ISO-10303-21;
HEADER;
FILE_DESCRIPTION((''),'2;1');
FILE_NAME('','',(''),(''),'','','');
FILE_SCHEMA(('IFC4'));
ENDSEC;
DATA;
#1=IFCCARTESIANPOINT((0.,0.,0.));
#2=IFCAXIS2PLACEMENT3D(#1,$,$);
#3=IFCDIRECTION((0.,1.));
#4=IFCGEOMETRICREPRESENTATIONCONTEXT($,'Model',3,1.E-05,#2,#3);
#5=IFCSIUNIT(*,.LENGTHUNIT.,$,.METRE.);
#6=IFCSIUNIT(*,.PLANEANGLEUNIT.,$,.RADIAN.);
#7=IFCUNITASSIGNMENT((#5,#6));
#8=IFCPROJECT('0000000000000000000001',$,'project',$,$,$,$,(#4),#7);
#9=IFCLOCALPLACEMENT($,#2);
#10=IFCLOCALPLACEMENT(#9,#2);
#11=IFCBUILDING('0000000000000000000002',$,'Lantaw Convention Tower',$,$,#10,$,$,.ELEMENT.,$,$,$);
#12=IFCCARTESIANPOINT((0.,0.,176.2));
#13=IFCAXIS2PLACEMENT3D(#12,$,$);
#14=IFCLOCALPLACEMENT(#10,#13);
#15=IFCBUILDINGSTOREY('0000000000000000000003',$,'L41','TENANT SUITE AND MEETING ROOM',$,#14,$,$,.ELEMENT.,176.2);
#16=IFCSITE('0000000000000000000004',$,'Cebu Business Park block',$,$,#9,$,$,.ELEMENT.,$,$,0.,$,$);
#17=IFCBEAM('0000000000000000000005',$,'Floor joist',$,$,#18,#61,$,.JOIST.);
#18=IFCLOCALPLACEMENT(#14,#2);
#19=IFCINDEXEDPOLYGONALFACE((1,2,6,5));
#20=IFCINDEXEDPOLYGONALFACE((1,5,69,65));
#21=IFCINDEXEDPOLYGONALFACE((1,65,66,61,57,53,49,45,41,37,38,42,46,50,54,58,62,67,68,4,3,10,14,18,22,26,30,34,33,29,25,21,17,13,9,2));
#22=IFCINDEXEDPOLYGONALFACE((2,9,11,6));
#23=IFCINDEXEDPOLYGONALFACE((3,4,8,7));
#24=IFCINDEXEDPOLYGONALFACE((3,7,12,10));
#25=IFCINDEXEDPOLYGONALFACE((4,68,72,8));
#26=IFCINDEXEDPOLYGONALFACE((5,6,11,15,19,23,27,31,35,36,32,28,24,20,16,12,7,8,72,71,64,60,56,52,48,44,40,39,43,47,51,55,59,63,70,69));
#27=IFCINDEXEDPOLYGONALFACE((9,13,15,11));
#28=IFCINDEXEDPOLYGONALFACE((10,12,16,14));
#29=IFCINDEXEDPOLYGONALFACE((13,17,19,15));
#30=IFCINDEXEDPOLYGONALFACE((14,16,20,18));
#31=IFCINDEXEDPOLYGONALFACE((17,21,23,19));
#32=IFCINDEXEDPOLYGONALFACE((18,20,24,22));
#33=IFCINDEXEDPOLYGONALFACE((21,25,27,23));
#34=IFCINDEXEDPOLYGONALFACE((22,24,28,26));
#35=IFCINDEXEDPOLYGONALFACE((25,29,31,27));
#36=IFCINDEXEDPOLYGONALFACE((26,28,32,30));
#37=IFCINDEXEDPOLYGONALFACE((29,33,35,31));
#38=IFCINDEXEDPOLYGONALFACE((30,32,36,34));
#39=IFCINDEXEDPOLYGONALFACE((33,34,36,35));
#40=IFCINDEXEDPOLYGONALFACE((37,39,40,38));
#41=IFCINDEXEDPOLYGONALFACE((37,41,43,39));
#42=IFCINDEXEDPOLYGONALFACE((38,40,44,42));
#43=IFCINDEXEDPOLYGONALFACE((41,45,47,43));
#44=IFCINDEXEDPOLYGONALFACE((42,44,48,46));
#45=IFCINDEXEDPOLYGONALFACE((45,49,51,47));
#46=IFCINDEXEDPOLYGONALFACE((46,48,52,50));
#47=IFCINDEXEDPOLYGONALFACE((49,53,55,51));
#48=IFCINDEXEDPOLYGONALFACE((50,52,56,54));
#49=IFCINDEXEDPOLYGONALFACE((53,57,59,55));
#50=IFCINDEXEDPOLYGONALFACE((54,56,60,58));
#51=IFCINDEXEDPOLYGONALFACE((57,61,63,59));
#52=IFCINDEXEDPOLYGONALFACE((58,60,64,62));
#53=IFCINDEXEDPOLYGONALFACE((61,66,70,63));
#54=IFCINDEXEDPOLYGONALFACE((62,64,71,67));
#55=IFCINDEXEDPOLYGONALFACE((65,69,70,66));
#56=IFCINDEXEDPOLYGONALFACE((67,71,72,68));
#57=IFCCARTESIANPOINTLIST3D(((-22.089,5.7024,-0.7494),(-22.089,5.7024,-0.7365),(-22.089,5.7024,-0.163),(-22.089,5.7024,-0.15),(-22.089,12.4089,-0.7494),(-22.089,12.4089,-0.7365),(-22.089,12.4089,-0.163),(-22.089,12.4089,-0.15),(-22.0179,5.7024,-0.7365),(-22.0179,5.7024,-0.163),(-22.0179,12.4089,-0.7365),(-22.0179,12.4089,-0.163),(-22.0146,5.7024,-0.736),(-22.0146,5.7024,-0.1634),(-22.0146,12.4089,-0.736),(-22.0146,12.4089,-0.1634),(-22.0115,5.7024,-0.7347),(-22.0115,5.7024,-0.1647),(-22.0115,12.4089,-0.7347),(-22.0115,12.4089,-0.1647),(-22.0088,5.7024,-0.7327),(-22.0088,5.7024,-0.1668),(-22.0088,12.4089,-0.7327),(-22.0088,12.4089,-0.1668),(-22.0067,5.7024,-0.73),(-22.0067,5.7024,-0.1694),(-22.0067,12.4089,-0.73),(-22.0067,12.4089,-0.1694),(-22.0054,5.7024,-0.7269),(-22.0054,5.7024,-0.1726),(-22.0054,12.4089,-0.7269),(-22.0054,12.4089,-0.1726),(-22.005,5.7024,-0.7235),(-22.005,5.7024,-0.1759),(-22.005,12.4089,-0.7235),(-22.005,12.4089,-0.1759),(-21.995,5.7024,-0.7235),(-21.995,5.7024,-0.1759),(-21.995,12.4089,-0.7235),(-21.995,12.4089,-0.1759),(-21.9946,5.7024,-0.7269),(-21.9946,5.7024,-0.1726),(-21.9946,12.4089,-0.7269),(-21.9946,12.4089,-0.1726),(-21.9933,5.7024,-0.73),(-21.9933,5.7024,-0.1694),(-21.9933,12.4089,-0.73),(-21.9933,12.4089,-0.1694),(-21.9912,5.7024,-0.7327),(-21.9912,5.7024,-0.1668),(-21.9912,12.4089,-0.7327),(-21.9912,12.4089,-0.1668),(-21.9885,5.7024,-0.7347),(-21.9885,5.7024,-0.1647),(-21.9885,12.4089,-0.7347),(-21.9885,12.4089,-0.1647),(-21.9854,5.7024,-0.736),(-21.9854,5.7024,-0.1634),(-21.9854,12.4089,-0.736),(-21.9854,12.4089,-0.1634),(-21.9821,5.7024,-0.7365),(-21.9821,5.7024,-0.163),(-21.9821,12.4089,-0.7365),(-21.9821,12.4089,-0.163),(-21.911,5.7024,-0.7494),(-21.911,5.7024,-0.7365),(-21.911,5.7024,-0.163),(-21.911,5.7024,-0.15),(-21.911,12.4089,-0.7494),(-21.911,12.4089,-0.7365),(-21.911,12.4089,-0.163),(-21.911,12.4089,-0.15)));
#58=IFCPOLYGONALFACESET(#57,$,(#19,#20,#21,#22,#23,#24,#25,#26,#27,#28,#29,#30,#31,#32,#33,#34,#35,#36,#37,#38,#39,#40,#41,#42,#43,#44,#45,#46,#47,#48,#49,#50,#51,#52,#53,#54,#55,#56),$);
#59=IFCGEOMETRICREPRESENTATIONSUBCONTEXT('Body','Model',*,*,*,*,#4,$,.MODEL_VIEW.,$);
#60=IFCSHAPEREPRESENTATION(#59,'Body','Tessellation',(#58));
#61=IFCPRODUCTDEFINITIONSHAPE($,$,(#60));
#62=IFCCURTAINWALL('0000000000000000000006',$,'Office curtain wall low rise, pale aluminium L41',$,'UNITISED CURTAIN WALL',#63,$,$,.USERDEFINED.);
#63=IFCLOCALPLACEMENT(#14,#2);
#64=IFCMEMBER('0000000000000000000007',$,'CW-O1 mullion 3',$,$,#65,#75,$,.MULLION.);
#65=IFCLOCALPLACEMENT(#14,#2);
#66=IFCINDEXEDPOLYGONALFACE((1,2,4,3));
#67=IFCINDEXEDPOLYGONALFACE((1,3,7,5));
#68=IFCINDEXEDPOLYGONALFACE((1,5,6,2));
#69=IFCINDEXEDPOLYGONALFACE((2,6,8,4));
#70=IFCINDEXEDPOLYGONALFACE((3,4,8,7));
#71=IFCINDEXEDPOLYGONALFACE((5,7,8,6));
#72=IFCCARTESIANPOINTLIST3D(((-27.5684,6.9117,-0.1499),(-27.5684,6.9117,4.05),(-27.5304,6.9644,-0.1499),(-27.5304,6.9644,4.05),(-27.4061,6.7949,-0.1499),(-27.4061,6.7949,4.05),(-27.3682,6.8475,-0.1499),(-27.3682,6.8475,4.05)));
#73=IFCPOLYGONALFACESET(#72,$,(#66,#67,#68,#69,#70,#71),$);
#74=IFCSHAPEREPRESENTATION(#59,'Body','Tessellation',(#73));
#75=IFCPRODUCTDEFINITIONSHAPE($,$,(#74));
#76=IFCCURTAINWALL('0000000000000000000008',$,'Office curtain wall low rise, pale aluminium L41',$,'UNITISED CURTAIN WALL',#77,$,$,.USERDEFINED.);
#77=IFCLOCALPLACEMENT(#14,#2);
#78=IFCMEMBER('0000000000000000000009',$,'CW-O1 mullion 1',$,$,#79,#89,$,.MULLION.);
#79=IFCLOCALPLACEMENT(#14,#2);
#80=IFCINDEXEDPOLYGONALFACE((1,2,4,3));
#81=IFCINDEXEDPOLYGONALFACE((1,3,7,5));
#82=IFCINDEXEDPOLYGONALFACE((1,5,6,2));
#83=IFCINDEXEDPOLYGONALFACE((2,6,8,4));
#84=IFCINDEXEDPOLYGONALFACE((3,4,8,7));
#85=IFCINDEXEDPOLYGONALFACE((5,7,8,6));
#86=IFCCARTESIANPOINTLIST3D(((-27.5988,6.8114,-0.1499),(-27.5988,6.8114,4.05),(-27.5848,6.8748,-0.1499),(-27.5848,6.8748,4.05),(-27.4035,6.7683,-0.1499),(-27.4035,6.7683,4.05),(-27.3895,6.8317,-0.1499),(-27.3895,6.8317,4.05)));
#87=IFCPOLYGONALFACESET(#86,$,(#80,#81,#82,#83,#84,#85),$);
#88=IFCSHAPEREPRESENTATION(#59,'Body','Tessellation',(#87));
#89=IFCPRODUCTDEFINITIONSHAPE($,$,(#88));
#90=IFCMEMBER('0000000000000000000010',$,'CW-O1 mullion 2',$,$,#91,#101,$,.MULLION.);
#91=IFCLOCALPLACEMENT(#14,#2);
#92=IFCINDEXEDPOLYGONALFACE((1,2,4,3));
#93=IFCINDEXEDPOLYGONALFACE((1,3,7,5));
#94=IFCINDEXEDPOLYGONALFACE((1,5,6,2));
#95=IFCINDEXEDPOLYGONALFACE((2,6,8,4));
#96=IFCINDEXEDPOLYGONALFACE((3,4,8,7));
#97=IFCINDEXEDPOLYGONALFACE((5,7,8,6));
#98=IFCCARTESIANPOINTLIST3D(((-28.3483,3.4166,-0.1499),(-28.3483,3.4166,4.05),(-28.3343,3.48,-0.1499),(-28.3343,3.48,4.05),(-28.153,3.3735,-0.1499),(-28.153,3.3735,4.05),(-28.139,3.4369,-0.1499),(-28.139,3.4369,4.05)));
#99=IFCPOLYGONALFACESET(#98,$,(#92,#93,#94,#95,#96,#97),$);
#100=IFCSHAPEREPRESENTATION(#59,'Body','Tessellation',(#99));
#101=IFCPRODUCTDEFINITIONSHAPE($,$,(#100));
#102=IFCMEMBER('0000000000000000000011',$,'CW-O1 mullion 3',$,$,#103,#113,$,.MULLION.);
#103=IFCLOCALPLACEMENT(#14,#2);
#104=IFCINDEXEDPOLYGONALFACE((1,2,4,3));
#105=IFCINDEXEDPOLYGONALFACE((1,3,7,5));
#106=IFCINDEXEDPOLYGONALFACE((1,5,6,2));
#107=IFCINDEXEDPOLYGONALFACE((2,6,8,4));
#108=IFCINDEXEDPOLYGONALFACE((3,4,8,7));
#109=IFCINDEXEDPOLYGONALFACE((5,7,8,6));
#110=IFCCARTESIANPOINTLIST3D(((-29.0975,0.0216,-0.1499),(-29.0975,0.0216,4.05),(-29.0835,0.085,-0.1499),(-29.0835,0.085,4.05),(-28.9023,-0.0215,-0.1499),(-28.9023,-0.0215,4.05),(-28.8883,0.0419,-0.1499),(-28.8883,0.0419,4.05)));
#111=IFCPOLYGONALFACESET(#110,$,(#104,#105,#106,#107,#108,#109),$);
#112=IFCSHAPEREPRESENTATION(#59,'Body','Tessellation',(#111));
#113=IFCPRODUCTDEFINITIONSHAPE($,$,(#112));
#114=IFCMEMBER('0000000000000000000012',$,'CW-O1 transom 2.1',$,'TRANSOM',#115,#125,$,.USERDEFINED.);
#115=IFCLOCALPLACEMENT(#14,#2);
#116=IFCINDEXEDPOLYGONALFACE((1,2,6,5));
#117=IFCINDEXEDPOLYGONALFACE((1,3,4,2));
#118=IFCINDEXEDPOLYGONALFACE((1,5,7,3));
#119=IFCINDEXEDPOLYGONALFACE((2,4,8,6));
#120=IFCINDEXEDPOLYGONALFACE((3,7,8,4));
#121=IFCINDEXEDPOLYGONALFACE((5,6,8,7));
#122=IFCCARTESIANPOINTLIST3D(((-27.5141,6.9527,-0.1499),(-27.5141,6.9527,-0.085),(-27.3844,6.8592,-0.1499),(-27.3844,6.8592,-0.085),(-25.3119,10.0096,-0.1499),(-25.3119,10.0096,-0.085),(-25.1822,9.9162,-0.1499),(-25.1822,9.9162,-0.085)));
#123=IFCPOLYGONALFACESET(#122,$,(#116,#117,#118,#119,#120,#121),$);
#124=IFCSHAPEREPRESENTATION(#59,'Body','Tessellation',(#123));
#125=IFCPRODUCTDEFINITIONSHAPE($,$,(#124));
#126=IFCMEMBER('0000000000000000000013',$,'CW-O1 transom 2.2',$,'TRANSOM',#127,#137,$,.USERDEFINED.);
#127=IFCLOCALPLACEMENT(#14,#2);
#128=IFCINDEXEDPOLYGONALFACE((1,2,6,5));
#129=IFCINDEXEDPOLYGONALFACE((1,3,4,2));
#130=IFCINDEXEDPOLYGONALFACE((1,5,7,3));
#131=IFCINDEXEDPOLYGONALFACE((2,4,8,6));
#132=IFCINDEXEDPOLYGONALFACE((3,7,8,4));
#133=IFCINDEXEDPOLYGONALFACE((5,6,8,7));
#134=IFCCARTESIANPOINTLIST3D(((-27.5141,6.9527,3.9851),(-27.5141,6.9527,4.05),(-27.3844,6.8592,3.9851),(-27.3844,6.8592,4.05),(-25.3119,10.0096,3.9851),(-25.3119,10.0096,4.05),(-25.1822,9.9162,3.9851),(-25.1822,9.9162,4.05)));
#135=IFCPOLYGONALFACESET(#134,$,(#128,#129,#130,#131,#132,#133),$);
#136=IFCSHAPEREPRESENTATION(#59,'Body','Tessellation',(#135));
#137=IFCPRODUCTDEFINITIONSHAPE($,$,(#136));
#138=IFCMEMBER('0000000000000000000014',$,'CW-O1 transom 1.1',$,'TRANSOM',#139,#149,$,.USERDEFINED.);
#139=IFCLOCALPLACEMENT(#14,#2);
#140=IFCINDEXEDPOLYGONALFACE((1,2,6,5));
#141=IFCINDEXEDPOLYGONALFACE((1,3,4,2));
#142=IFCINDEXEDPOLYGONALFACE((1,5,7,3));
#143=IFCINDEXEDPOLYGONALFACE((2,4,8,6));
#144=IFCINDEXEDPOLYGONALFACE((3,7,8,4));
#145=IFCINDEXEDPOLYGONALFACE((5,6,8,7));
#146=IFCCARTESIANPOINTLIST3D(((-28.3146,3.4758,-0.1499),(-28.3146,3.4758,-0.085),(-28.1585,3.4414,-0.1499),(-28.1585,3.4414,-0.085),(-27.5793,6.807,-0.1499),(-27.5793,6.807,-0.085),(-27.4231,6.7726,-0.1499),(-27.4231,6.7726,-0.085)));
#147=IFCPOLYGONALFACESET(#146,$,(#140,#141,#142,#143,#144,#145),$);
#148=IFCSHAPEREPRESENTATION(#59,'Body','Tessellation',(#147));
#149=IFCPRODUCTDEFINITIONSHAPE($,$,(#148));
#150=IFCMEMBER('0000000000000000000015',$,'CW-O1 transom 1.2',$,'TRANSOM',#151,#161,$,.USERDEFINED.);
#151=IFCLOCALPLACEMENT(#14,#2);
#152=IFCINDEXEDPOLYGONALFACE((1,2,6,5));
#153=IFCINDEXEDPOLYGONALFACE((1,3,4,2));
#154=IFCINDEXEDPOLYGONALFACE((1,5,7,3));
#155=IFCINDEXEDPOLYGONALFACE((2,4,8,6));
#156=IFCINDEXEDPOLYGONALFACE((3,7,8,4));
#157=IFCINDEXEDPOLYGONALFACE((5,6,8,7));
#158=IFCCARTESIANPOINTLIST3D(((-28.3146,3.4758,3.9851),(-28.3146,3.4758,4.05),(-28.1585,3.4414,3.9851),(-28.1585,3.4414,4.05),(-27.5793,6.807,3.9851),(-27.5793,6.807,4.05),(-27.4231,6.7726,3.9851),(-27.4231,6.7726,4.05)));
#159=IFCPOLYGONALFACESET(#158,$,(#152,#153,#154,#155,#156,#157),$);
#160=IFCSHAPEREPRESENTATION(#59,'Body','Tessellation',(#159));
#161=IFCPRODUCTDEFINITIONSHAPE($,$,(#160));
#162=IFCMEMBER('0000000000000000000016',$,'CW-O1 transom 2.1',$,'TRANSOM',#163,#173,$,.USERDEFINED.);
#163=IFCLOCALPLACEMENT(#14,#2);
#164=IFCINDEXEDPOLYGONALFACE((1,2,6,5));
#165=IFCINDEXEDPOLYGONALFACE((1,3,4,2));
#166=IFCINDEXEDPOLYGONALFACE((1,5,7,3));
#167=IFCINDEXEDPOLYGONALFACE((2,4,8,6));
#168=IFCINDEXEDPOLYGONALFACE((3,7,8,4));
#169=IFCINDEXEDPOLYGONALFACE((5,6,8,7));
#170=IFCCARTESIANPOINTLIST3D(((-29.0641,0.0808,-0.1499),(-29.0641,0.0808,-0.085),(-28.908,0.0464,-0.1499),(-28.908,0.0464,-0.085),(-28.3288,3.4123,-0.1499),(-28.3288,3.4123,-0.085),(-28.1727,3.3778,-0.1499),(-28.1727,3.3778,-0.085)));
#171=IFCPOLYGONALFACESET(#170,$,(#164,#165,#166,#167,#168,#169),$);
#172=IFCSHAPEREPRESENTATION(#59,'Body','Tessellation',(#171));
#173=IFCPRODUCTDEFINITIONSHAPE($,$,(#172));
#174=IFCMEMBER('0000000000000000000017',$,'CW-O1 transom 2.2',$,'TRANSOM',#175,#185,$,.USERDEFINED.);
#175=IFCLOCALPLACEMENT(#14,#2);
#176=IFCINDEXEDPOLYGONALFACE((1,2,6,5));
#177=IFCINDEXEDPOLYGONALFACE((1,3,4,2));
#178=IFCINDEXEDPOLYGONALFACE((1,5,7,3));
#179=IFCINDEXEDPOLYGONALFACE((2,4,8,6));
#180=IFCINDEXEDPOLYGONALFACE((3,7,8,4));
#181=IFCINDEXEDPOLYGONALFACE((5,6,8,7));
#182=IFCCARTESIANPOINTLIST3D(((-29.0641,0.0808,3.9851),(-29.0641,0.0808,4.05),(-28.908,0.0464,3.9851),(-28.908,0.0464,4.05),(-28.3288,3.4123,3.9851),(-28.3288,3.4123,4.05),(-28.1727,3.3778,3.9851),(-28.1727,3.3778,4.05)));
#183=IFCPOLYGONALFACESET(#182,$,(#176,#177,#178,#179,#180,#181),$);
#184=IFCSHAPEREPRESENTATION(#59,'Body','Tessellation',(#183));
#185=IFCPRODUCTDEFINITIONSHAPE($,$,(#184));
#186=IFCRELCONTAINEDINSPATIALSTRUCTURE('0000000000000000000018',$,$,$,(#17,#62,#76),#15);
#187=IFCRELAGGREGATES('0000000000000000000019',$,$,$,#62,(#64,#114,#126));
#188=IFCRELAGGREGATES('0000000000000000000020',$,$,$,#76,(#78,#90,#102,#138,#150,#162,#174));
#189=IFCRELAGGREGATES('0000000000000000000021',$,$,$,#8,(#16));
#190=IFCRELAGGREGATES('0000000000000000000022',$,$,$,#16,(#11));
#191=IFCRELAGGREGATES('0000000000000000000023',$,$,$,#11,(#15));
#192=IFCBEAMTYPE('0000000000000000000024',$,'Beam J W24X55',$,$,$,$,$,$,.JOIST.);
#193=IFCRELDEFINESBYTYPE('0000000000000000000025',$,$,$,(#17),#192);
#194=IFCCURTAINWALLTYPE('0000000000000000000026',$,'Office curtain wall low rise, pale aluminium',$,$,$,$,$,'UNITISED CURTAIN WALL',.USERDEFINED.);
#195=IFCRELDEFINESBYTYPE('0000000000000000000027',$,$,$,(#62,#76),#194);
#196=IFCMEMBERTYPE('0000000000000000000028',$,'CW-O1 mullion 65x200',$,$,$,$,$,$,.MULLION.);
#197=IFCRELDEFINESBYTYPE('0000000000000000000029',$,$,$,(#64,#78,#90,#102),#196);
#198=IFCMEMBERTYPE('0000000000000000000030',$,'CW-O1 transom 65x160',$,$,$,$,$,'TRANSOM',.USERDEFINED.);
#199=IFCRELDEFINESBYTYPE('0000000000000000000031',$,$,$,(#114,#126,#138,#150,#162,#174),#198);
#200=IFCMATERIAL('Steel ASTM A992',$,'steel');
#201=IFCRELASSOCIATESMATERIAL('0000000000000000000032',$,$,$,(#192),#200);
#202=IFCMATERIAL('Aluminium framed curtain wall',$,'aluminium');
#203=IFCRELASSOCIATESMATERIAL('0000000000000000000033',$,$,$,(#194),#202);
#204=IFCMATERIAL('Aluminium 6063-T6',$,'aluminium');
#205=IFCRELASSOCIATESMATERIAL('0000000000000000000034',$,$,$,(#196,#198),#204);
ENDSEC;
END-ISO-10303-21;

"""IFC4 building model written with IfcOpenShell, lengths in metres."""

from ifc_helpers import new_model, si_unit, direction, frame, origin, origin_2d, place, context, subcontext, project, spatial, rectangle, i_section, extrude, material, material_profile, profile_set, type_object, element, aggregate, save


model = new_model("IFC4")

# Units and contexts
model_context = context("Model", 3, precision=1e-05, world=origin(), true_north=direction((0.0, 1.0)))
body_context = subcontext(model_context, "Body", "Model", "MODEL_VIEW")
ifc_project = project(units=[si_unit("LENGTHUNIT", "METRE"), si_unit("PLANEANGLEUNIT", "RADIAN")], contexts=[model_context])

# Site, building, storey
site_placement = place(None, origin())
site = spatial("IfcSite", under=ifc_project, at=site_placement, Name="Cebu Business Park block", CompositionType="ELEMENT", RefElevation=0.0)
building_placement = place(site_placement, origin())
building = spatial("IfcBuilding", under=site, at=building_placement, Name="Lantaw Convention Tower", CompositionType="ELEMENT")
storey_placement = place(building_placement, frame((0.0, 0.0, 176.2)))
storey = spatial("IfcBuildingStorey", under=building, at=storey_placement, Name="L41", Description="TENANT SUITE AND MEETING ROOM", CompositionType="ELEMENT", Elevation=176.2)

# Beam
ifc_material_1 = material(Name="Steel ASTM A992", Category="steel")
ifc_material_profile_1 = material_profile(ifc_material_1, i_section(OverallWidth=0.178, OverallDepth=0.5994, WebThickness=0.01, FlangeThickness=0.0129, FilletRadius=0.0129, at=origin_2d()), Name="W24X55")
ifc_profile_set_1 = profile_set([ifc_material_profile_1], Name="Steel ASTM A992")
beam_type_1 = type_object("IfcBeamType", Name="Beam J W24X55", PredefinedType="JOIST", material=ifc_profile_set_1)
beam_1_placement = place(storey_placement, frame((-22.0, 5.7024, -0.4497), z_axis=(0.0, 1.0, 0.0), x_axis=(-1.0, 0.0, 0.0)))
element("IfcBeam", 1, at=beam_1_placement, inside=storey, type_object=beam_type_1, Name="Floor joist", PredefinedType="JOIST", context=body_context, shape_type="SweptSolid", body=[
    extrude(i_section(OverallWidth=0.178, OverallDepth=0.5994, WebThickness=0.01, FlangeThickness=0.0129, FilletRadius=0.0129, at=origin_2d()), origin(), (0.0, 0.0, 1.0), 6.7065),
])

# Curtain wall, member
ifc_material_2 = material(Name="Aluminium framed curtain wall", Category="aluminium")
curtain_wall_type = type_object("IfcCurtainWallType", Name="Office curtain wall low rise, pale aluminium", ElementType="UNITISED CURTAIN WALL", PredefinedType="USERDEFINED", material=ifc_material_2)
curtain_wall_1_placement = place(storey_placement, origin())
curtain_wall_1 = element("IfcCurtainWall", 2, at=curtain_wall_1_placement, inside=storey, type_object=curtain_wall_type, Name="Office curtain wall low rise, pale aluminium L41", ObjectType="UNITISED CURTAIN WALL", PredefinedType="USERDEFINED")
ifc_material_3 = material(Name="Aluminium 6063-T6", Category="aluminium")
ifc_material_profile_2 = material_profile(ifc_material_3, rectangle(XDim=0.2, YDim=0.0649, at=origin_2d()), Name="CW-O1 mullion 65x200")
ifc_profile_set_2 = profile_set([ifc_material_profile_2], Name="Aluminium 6063-T6")
member_type_1 = type_object("IfcMemberType", Name="CW-O1 mullion 65x200", PredefinedType="MULLION", material=ifc_profile_set_2)
member_1_placement = place(storey_placement, frame((-27.4683, 6.8796, -0.1499), z_axis=(0.0, 0.0, 1.0), x_axis=(0.811385, -0.584513, 0.0)))
member_1 = element("IfcMember", 3, at=member_1_placement, type_object=member_type_1, Name="CW-O1 mullion 3", PredefinedType="MULLION", context=body_context, shape_type="SweptSolid", body=[
    extrude(rectangle(XDim=0.2, YDim=0.0649, at=origin_2d()), origin(), (0.0, 0.0, 1.0), 4.2),
])

# Curtain wall, members
curtain_wall_2_placement = place(storey_placement, origin())
curtain_wall_2 = element("IfcCurtainWall", 4, at=curtain_wall_2_placement, inside=storey, type_object=curtain_wall_type, Name="Office curtain wall low rise, pale aluminium L41", ObjectType="UNITISED CURTAIN WALL", PredefinedType="USERDEFINED")
member_2_placement = place(storey_placement, frame((-27.4941, 6.8215, -0.1499), z_axis=(0.0, 0.0, 1.0), x_axis=(0.976494, -0.215546, 0.0)))
member_2 = element("IfcMember", 5, at=member_2_placement, type_object=member_type_1, Name="CW-O1 mullion 1", PredefinedType="MULLION", context=body_context, shape_type="SweptSolid", body=[
    extrude(rectangle(XDim=0.2, YDim=0.0649, at=origin_2d()), origin(), (0.0, 0.0, 1.0), 4.2),
])
member_3_placement = place(storey_placement, frame((-28.2437, 3.4268, -0.1499), z_axis=(0.0, 0.0, 1.0), x_axis=(0.976494, -0.215546, 0.0)))
member_3 = element("IfcMember", 6, at=member_3_placement, type_object=member_type_1, Name="CW-O1 mullion 2", PredefinedType="MULLION", context=body_context, shape_type="SweptSolid", body=[
    extrude(rectangle(XDim=0.2, YDim=0.0649, at=origin_2d()), origin(), (0.0, 0.0, 1.0), 4.2),
])
member_4_placement = place(storey_placement, frame((-28.9929, 0.0317, -0.1499), z_axis=(0.0, 0.0, 1.0), x_axis=(0.976494, -0.215546, 0.0)))
member_4 = element("IfcMember", 7, at=member_4_placement, type_object=member_type_1, Name="CW-O1 mullion 3", PredefinedType="MULLION", context=body_context, shape_type="SweptSolid", body=[
    extrude(rectangle(XDim=0.2, YDim=0.0649, at=origin_2d()), origin(), (0.0, 0.0, 1.0), 4.2),
])

# Members
ifc_material_profile_3 = material_profile(ifc_material_3, rectangle(XDim=0.1599, YDim=0.0649, at=origin_2d()), Name="CW-O1 transom 65x160")
ifc_profile_set_3 = profile_set([ifc_material_profile_3], Name="Aluminium 6063-T6")
member_type_2 = type_object("IfcMemberType", Name="CW-O1 transom 65x160", ElementType="TRANSOM", PredefinedType="USERDEFINED", material=ifc_profile_set_3)
member_5_placement = place(storey_placement, frame((-25.2471, 9.9629, -0.1174), z_axis=(-0.584513, -0.811384, 0.0), x_axis=(0.811384, -0.584513, 0.0)))
member_5 = element("IfcMember", 8, at=member_5_placement, type_object=member_type_2, Name="CW-O1 transom 2.1", ObjectType="TRANSOM", PredefinedType="USERDEFINED", context=body_context, shape_type="SweptSolid", body=[
    extrude(rectangle(XDim=0.1599, YDim=0.0649, at=origin_2d()), origin(), (0.0, 0.0, 1.0), 3.7676),
])
member_6_placement = place(storey_placement, frame((-25.2471, 9.9629, 4.0176), z_axis=(-0.584513, -0.811384, 0.0), x_axis=(0.811384, -0.584513, 0.0)))
member_6 = element("IfcMember", 9, at=member_6_placement, type_object=member_type_2, Name="CW-O1 transom 2.2", ObjectType="TRANSOM", PredefinedType="USERDEFINED", context=body_context, shape_type="SweptSolid", body=[
    extrude(rectangle(XDim=0.1599, YDim=0.0649, at=origin_2d()), origin(), (0.0, 0.0, 1.0), 3.7676),
])
member_7_placement = place(storey_placement, frame((-27.5012, 6.7898, -0.1174), z_axis=(-0.215551, -0.976493, 0.0), x_axis=(0.976493, -0.215551, 0.0)))
member_7 = element("IfcMember", 10, at=member_7_placement, type_object=member_type_2, Name="CW-O1 transom 1.1", ObjectType="TRANSOM", PredefinedType="USERDEFINED", context=body_context, shape_type="SweptSolid", body=[
    extrude(rectangle(XDim=0.1599, YDim=0.0649, at=origin_2d()), origin(), (0.0, 0.0, 1.0), 3.4114),
])
member_8_placement = place(storey_placement, frame((-27.5012, 6.7898, 4.0176), z_axis=(-0.215551, -0.976493, 0.0), x_axis=(0.976493, -0.215551, 0.0)))
member_8 = element("IfcMember", 11, at=member_8_placement, type_object=member_type_2, Name="CW-O1 transom 1.2", ObjectType="TRANSOM", PredefinedType="USERDEFINED", context=body_context, shape_type="SweptSolid", body=[
    extrude(rectangle(XDim=0.1599, YDim=0.0649, at=origin_2d()), origin(), (0.0, 0.0, 1.0), 3.4114),
])
member_9_placement = place(storey_placement, frame((-28.2507, 3.395, -0.1174), z_axis=(-0.215536, -0.976496, 0.0), x_axis=(0.976496, -0.215536, 0.0)))
member_9 = element("IfcMember", 12, at=member_9_placement, type_object=member_type_2, Name="CW-O1 transom 2.1", ObjectType="TRANSOM", PredefinedType="USERDEFINED", context=body_context, shape_type="SweptSolid", body=[
    extrude(rectangle(XDim=0.1599, YDim=0.0649, at=origin_2d()), origin(), (0.0, 0.0, 1.0), 3.4116),
])
member_10_placement = place(storey_placement, frame((-28.2507, 3.395, 4.0176), z_axis=(-0.215536, -0.976496, 0.0), x_axis=(0.976496, -0.215536, 0.0)))
member_10 = element("IfcMember", 13, at=member_10_placement, type_object=member_type_2, Name="CW-O1 transom 2.2", ObjectType="TRANSOM", PredefinedType="USERDEFINED", context=body_context, shape_type="SweptSolid", body=[
    extrude(rectangle(XDim=0.1599, YDim=0.0649, at=origin_2d()), origin(), (0.0, 0.0, 1.0), 3.4116),
])

aggregate(curtain_wall_1, [member_1, member_5, member_6])
aggregate(curtain_wall_2, [member_2, member_3, member_4, member_7, member_8, member_9, member_10])

save(model, "model.ifc")
